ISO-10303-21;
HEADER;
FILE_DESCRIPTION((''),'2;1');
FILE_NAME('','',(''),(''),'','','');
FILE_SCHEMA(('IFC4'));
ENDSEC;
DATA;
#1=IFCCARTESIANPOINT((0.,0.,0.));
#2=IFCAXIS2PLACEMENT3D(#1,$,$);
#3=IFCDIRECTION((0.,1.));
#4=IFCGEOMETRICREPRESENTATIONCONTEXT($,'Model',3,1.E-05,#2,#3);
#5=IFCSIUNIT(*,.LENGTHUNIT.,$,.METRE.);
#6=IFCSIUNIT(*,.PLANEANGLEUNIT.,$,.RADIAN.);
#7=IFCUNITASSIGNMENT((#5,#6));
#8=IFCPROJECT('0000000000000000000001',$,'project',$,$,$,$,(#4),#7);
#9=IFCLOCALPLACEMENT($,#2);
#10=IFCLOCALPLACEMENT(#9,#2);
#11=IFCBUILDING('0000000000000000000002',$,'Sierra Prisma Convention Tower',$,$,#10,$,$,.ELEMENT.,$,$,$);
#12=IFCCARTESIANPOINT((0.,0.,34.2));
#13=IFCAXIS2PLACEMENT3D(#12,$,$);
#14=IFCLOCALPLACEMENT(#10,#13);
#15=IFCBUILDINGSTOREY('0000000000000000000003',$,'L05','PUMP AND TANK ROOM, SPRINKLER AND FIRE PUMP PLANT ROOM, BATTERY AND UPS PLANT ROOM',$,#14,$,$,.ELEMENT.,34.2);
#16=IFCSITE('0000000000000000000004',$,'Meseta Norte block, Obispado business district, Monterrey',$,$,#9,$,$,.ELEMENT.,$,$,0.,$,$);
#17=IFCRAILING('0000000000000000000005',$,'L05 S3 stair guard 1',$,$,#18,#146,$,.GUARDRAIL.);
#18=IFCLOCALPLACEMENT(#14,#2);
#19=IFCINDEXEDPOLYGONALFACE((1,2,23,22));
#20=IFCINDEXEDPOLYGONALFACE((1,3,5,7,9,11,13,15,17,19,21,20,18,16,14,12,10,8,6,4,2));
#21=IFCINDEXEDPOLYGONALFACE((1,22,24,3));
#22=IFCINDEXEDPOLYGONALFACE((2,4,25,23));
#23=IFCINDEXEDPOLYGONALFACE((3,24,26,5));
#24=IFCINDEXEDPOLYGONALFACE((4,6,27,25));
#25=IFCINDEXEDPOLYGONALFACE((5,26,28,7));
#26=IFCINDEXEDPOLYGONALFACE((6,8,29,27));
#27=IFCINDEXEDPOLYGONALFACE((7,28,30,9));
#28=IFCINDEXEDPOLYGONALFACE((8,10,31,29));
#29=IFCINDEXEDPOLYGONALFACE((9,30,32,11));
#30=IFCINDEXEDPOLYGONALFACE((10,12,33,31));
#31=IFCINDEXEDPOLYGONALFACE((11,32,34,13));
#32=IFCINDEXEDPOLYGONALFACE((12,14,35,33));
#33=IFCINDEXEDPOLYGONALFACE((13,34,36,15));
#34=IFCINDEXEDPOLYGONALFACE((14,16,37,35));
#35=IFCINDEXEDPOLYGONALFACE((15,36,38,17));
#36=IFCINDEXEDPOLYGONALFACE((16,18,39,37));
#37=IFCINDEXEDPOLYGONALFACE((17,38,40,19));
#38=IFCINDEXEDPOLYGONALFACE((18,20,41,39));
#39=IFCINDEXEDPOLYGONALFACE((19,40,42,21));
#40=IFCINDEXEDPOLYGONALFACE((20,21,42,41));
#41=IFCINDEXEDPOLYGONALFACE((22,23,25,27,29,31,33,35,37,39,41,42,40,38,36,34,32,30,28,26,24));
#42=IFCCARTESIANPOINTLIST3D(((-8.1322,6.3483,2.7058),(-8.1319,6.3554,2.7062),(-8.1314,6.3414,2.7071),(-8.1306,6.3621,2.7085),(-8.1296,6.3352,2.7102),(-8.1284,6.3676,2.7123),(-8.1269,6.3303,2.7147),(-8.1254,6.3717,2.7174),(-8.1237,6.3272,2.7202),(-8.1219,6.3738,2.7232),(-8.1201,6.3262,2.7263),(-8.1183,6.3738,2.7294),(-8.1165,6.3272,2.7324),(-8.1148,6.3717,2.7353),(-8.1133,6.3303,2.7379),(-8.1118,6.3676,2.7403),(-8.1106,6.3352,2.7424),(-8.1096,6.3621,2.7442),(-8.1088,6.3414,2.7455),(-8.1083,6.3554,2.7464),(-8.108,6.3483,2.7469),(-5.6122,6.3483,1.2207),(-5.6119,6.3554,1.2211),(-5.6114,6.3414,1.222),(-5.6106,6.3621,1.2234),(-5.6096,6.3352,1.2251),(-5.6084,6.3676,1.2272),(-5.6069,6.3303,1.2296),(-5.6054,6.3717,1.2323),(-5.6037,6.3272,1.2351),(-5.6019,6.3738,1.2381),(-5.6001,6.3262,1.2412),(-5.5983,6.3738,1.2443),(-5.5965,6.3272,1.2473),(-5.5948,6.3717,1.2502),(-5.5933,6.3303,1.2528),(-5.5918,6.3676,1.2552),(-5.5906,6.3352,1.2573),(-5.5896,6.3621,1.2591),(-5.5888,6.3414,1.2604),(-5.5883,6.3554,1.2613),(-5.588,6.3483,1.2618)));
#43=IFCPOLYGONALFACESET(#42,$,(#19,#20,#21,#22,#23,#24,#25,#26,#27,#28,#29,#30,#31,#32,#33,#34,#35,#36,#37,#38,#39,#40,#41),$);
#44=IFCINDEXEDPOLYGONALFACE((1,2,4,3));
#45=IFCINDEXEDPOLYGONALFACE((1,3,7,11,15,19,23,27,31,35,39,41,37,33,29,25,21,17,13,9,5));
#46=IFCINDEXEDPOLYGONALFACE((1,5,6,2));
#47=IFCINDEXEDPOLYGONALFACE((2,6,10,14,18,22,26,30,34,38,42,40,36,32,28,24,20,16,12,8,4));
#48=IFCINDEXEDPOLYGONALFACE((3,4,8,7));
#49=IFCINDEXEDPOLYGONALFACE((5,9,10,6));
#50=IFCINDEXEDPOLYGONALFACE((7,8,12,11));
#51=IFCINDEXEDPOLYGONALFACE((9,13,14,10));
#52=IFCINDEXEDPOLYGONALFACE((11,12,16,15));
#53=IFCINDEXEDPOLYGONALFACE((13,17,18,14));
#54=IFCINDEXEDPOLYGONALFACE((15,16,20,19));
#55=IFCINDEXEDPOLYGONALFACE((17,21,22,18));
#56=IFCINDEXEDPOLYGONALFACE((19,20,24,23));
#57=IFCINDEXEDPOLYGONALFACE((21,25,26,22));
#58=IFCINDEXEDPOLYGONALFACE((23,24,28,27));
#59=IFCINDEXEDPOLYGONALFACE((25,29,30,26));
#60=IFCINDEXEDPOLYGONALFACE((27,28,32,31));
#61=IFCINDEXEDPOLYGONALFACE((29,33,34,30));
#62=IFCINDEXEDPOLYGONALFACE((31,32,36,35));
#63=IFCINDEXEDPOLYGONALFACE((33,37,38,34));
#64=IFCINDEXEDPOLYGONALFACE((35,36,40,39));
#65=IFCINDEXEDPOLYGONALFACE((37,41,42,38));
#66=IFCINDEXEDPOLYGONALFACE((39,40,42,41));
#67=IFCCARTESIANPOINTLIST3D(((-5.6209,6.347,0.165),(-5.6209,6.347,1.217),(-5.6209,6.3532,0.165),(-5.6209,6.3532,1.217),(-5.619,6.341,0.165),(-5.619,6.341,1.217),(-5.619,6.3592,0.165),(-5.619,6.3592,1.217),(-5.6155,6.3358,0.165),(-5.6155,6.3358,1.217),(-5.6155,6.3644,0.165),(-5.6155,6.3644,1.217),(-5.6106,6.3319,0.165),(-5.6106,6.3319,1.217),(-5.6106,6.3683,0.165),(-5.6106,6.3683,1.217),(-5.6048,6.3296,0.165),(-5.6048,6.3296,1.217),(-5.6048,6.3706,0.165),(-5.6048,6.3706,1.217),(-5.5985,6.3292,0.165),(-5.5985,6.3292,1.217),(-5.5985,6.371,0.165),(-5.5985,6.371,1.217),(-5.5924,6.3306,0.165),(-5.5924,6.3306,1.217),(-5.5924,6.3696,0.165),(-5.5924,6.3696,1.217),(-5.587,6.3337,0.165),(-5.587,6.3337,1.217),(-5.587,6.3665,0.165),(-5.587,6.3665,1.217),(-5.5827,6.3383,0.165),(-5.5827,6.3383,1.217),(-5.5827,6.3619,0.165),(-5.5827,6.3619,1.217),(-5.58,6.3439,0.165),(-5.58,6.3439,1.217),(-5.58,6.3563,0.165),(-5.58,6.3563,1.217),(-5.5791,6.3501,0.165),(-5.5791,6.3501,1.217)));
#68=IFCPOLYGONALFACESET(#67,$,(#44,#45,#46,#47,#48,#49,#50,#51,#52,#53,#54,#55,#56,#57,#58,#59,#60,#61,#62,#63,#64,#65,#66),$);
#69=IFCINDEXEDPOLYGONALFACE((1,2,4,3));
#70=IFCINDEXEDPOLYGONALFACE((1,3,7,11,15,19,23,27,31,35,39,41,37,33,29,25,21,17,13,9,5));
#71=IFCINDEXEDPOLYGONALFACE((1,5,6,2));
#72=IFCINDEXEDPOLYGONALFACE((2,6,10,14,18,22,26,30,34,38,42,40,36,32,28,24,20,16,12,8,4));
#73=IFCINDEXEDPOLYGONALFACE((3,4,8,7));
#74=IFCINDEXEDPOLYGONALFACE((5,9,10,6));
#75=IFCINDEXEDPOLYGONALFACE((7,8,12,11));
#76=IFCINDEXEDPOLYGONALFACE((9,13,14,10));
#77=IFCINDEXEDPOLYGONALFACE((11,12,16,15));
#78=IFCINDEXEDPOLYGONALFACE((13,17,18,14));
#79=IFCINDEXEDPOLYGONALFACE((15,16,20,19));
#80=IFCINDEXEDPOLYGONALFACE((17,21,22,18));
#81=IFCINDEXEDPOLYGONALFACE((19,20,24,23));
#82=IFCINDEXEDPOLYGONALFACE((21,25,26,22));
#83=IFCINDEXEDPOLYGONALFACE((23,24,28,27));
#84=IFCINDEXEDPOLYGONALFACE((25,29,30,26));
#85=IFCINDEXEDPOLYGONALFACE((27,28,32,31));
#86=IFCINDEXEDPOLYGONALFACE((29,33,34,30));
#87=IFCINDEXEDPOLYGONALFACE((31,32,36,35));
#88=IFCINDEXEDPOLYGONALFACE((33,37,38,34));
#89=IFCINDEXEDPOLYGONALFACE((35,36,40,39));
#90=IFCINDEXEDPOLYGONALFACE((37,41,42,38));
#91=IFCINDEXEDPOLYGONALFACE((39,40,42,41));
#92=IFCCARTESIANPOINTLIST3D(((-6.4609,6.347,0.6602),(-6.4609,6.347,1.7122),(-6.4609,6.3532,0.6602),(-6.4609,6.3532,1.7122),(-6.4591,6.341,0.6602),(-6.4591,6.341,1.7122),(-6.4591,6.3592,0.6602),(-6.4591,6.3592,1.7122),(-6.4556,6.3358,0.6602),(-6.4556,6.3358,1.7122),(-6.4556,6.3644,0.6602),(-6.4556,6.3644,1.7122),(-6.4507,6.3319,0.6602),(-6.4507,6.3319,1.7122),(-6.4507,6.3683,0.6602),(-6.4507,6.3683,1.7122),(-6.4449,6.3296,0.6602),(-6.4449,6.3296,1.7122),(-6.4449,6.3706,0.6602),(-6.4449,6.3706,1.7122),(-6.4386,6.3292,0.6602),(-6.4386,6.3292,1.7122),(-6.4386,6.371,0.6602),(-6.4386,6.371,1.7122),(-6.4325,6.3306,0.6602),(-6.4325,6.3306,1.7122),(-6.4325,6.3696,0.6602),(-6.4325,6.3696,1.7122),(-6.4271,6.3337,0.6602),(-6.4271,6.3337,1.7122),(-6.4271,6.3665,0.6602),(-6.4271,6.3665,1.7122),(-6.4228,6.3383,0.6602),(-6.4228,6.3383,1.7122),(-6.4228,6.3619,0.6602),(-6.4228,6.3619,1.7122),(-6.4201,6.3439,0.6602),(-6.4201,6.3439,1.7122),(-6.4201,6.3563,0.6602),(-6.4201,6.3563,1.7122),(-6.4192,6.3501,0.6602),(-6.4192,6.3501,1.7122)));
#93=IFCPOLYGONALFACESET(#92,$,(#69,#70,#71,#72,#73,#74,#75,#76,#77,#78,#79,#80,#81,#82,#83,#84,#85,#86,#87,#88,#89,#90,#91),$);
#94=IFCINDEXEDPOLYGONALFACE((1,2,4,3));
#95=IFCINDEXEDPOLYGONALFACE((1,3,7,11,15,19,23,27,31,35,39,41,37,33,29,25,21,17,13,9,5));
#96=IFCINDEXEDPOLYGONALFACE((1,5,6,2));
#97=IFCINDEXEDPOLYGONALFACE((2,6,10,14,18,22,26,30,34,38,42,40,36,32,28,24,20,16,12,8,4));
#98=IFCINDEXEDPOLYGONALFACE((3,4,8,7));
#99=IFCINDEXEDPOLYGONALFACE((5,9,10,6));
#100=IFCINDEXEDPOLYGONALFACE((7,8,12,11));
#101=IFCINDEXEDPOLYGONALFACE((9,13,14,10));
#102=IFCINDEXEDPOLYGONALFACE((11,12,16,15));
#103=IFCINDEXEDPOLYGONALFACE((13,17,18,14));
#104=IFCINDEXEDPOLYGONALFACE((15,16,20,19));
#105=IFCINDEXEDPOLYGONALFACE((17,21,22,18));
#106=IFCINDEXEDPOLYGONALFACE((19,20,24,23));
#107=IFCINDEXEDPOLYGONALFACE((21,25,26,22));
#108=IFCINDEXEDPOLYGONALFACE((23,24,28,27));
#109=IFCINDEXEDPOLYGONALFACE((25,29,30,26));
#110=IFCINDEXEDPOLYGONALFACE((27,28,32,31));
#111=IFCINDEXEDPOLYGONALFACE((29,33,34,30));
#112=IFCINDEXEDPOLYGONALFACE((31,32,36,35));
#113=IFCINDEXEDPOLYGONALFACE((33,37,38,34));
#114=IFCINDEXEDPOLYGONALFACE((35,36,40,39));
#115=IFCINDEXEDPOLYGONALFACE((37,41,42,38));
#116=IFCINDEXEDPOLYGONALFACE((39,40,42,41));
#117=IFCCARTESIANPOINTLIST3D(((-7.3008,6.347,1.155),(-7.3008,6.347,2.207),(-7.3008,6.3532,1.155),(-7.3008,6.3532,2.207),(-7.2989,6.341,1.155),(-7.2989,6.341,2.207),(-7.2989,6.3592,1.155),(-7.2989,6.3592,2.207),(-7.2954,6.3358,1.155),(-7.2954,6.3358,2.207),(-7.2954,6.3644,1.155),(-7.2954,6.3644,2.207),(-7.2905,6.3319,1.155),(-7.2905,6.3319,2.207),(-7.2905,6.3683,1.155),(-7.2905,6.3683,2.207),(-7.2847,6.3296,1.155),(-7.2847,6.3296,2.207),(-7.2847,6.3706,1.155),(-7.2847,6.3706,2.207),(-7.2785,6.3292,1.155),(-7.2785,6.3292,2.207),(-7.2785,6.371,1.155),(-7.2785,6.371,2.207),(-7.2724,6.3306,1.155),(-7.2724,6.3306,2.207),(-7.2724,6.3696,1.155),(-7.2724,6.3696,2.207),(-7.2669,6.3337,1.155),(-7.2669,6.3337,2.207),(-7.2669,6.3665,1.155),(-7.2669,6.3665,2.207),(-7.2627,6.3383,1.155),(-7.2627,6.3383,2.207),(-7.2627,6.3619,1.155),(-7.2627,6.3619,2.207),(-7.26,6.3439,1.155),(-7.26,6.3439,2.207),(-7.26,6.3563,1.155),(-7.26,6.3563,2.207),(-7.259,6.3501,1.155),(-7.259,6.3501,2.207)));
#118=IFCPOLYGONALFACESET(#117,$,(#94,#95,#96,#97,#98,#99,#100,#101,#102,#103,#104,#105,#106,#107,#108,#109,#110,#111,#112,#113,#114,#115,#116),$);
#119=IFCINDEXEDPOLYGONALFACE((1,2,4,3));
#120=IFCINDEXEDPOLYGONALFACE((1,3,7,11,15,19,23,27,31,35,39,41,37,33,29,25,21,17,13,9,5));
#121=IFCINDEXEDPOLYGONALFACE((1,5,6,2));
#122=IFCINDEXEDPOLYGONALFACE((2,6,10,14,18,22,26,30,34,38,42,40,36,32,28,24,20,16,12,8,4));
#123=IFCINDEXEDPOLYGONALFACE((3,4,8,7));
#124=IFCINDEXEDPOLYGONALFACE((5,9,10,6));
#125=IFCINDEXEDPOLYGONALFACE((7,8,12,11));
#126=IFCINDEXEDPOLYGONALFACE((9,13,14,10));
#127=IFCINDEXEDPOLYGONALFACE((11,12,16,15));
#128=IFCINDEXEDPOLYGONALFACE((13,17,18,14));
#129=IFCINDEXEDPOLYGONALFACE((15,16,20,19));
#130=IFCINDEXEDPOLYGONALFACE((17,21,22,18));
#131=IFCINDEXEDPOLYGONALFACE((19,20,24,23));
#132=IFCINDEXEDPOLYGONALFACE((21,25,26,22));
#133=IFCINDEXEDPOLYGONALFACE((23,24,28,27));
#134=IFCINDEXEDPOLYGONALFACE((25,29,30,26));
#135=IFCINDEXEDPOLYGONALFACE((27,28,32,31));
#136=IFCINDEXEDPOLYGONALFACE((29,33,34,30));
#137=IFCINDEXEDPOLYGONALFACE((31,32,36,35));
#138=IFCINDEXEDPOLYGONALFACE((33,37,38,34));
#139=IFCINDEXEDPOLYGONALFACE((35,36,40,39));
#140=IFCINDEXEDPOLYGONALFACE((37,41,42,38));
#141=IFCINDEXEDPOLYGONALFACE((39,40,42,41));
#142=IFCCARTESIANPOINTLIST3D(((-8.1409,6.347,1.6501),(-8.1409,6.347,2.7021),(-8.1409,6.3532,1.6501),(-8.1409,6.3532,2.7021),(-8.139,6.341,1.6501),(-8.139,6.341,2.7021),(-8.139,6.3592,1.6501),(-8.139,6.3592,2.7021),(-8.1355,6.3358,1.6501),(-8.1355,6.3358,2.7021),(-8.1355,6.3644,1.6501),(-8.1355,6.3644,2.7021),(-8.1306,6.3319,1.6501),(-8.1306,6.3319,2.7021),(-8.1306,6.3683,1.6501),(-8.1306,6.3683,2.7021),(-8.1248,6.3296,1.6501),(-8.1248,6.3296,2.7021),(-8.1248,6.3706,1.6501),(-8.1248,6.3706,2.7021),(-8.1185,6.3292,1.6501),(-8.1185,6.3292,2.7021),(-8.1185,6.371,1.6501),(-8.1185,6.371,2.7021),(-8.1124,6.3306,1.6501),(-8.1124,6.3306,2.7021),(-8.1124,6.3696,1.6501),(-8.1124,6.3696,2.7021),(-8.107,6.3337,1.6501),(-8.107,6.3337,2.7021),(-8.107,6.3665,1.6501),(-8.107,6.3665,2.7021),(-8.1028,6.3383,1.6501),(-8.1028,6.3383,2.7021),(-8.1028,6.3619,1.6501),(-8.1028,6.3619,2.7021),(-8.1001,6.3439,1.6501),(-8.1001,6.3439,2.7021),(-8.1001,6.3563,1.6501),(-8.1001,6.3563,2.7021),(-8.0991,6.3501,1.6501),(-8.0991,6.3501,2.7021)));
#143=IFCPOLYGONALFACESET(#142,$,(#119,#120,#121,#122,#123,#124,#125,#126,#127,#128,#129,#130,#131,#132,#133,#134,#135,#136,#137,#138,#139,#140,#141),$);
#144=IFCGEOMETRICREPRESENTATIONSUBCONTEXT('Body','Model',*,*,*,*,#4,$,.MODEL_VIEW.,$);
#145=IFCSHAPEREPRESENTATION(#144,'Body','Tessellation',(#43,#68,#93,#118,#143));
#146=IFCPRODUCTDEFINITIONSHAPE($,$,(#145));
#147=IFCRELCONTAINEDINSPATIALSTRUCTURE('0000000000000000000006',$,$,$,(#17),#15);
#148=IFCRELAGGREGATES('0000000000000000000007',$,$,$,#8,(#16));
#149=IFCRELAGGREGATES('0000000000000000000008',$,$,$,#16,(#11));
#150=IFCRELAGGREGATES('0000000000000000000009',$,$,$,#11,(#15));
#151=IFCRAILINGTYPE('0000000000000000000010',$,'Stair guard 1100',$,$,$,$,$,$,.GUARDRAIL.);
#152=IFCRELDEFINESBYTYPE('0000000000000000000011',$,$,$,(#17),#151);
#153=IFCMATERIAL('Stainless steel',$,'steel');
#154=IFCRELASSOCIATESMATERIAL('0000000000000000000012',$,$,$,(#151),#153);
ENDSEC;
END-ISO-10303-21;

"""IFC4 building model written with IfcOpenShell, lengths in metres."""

from ifc_helpers import new_model, si_unit, direction, frame, origin, origin_2d, place, context, subcontext, project, spatial, circle, extrude, material, type_object, element, save


model = new_model("IFC4")

# Units and contexts
model_context = context("Model", 3, precision=1e-05, world=origin(), true_north=direction((0.0, 1.0)))
body_context = subcontext(model_context, "Body", "Model", "MODEL_VIEW")
ifc_project = project(units=[si_unit("LENGTHUNIT", "METRE"), si_unit("PLANEANGLEUNIT", "RADIAN")], contexts=[model_context])

# Site, building, storey
site_placement = place(None, origin())
site = spatial("IfcSite", under=ifc_project, at=site_placement, Name="Meseta Norte block, Obispado business district, Monterrey", CompositionType="ELEMENT", RefElevation=0.0)
building_placement = place(site_placement, origin())
building = spatial("IfcBuilding", under=site, at=building_placement, Name="Sierra Prisma Convention Tower", CompositionType="ELEMENT")
storey_placement = place(building_placement, frame((0.0, 0.0, 34.2)))
storey = spatial("IfcBuildingStorey", under=building, at=storey_placement, Name="L05", Description="PUMP AND TANK ROOM, SPRINKLER AND FIRE PUMP PLANT ROOM, BATTERY AND UPS PLANT ROOM", CompositionType="ELEMENT", Elevation=34.2)

# Railing
ifc_material_1 = material(Name="Stainless steel", Category="steel")
railing_type_1 = type_object("IfcRailingType", Name="Stair guard 1100", PredefinedType="GUARDRAIL", material=ifc_material_1)
railing_1_placement = place(storey_placement, frame((-5.6001, 6.3501, 0.165)))
element("IfcRailing", 1, at=railing_1_placement, inside=storey, type_object=railing_type_1, Name="L05 S3 stair guard 1", PredefinedType="GUARDRAIL", context=body_context, shape_type="SweptSolid", body=[
    extrude(circle(Radius=0.0239, at=origin_2d()), frame((0.0, 0.0, 1.0762), z_axis=(-0.861524, 0.0, 0.507717), x_axis=(0.0, -1.0, 0.0)), (0.0, 0.0, 1.0), 2.925),
    extrude(circle(Radius=0.021, at=origin_2d()), origin(), (0.0, 0.0, 1.0), 1.052),
    extrude(circle(Radius=0.021, at=origin_2d()), frame((-0.8401, 0.0, 0.4951)), (0.0, 0.0, 1.0), 1.052),
    extrude(circle(Radius=0.021, at=origin_2d()), frame((-1.6799, 0.0, 0.99)), (0.0, 0.0, 1.0), 1.052),
    extrude(circle(Radius=0.021, at=origin_2d()), frame((-2.52, 0.0, 1.4851)), (0.0, 0.0, 1.0), 1.052),
])

save(model, "model.ifc")
